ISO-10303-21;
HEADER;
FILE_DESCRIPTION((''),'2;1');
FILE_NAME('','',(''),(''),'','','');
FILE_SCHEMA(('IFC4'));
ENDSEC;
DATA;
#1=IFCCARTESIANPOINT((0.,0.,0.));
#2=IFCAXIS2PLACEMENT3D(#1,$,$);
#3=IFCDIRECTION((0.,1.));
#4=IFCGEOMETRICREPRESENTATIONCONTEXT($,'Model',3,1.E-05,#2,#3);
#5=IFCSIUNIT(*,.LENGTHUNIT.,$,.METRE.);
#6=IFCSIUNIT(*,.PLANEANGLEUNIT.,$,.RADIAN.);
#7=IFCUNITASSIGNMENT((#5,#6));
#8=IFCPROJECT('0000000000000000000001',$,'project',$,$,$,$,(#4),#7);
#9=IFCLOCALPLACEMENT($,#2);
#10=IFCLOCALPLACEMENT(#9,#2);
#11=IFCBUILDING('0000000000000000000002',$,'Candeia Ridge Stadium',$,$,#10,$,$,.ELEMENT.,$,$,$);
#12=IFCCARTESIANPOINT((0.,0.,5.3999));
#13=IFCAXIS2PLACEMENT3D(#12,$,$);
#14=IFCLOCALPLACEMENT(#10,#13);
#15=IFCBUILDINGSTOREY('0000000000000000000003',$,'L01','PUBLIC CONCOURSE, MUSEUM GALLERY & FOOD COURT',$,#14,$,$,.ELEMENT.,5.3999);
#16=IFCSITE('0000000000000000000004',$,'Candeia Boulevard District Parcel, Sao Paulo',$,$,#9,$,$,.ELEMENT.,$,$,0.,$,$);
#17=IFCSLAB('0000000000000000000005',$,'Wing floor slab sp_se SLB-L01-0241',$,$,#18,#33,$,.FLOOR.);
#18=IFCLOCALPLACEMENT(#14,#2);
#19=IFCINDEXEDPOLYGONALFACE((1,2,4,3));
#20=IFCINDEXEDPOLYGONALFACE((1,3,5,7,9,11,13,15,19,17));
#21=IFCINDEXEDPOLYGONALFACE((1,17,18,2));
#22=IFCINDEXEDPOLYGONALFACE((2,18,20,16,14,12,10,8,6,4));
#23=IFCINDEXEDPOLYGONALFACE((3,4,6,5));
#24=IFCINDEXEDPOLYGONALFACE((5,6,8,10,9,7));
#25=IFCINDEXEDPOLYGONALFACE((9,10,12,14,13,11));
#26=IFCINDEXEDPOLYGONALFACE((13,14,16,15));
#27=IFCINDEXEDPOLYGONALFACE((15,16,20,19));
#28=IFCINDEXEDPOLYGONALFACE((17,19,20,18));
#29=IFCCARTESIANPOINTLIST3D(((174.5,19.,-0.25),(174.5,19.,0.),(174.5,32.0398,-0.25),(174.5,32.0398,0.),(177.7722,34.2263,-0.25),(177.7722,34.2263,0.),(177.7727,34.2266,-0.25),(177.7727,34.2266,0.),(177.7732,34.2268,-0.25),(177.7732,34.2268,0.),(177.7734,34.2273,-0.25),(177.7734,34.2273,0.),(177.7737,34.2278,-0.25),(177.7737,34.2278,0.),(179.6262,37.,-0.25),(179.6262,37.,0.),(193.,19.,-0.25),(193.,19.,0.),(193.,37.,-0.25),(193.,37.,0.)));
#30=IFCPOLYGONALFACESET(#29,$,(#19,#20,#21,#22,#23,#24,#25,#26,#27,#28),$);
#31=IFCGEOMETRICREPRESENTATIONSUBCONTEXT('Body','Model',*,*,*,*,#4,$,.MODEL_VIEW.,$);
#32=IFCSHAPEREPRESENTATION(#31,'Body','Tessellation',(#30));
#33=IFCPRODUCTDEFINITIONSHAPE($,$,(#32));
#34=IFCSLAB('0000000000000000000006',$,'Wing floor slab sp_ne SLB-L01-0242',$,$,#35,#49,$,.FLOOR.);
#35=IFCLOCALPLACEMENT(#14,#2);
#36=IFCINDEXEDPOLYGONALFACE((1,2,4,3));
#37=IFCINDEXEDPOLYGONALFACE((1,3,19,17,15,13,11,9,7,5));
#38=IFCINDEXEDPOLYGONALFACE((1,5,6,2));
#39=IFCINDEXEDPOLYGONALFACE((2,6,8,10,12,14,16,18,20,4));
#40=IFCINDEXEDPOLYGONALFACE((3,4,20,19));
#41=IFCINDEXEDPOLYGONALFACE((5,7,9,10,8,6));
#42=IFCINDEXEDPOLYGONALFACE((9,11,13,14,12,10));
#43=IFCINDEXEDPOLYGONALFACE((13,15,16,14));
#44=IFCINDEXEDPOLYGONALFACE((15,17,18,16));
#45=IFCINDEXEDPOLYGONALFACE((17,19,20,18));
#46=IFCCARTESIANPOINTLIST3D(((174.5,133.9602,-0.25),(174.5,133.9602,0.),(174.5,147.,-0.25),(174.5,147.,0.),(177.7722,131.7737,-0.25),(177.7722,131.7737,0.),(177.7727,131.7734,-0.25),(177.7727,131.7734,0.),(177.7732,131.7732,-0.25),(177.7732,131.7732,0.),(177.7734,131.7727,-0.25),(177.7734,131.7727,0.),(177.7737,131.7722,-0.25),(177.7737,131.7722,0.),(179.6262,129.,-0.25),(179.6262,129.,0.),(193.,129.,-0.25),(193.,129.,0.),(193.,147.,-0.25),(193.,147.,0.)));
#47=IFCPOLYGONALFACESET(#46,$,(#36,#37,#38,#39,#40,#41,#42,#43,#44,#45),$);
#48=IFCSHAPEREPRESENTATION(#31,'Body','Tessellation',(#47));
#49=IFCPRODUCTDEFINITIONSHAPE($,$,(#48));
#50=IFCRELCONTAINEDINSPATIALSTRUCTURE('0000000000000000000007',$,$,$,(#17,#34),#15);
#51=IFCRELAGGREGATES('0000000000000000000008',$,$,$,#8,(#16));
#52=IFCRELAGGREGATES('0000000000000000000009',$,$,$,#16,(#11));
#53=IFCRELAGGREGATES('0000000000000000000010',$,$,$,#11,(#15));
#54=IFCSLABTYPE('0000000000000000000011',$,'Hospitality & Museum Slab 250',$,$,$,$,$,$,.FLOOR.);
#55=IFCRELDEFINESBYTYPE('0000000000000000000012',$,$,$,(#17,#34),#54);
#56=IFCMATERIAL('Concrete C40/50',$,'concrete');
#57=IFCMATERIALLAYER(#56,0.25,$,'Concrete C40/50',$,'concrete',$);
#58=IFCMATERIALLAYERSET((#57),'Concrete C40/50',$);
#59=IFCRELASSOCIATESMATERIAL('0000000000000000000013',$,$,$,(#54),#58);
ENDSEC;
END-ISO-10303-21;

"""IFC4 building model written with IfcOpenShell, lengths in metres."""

from ifc_helpers import new_model, si_unit, direction, frame, origin, place, context, subcontext, project, spatial, polyline, outline, extrude, material, layer, layer_set, type_object, element, save


model = new_model("IFC4")

# Units and contexts
model_context = context("Model", 3, precision=1e-05, world=origin(), true_north=direction((0.0, 1.0)))
body_context = subcontext(model_context, "Body", "Model", "MODEL_VIEW")
ifc_project = project(units=[si_unit("LENGTHUNIT", "METRE"), si_unit("PLANEANGLEUNIT", "RADIAN")], contexts=[model_context])

# Site, building, storey
site_placement = place(None, origin())
site = spatial("IfcSite", under=ifc_project, at=site_placement, Name="Candeia Boulevard District Parcel, Sao Paulo", CompositionType="ELEMENT", RefElevation=0.0)
building_placement = place(site_placement, origin())
building = spatial("IfcBuilding", under=site, at=building_placement, Name="Candeia Ridge Stadium", CompositionType="ELEMENT")
storey_placement = place(building_placement, frame((0.0, 0.0, 5.3999)))
storey = spatial("IfcBuildingStorey", under=building, at=storey_placement, Name="L01", Description="PUBLIC CONCOURSE, MUSEUM GALLERY & FOOD COURT", CompositionType="ELEMENT", Elevation=5.3999)

# Slabs
ifc_material = material(Name="Concrete C40/50", Category="concrete")
ifc_layer_1 = layer(ifc_material, 0.25, Name="Concrete C40/50", Category="concrete")
ifc_layer_set_1 = layer_set([ifc_layer_1], Name="Concrete C40/50")
slab_type_1 = type_object("IfcSlabType", Name="Hospitality & Museum Slab 250", PredefinedType="FLOOR", material=ifc_layer_set_1)
slab_1_placement = place(storey_placement, frame((0.0, 0.0, -0.25)))
element("IfcSlab", 1, at=slab_1_placement, inside=storey, type_object=slab_type_1, Name="Wing floor slab sp_se SLB-L01-0241", PredefinedType="FLOOR", context=body_context, shape_type="SweptSolid", body=[
    extrude(outline(polyline([(193.0, 19.0), (174.5, 19.0), (174.5, 32.0398), (177.7722, 34.2263), (177.7727, 34.2266), (177.7732, 34.2268), (177.7734, 34.2273), (177.7737, 34.2278), (179.6262, 37.0), (193.0, 37.0), (193.0, 19.0)])), origin(), (0.0, 0.0, 1.0), 0.25),
])
slab_2_placement = place(storey_placement, frame((0.0, 0.0, -0.25)))
element("IfcSlab", 2, at=slab_2_placement, inside=storey, type_object=slab_type_1, Name="Wing floor slab sp_ne SLB-L01-0242", PredefinedType="FLOOR", context=body_context, shape_type="SweptSolid", body=[
    extrude(outline(polyline([(193.0, 147.0), (193.0, 129.0), (179.6262, 129.0), (177.7737, 131.7722), (177.7734, 131.7727), (177.7732, 131.7732), (177.7727, 131.7734), (177.7722, 131.7737), (174.5, 133.9602), (174.5, 147.0), (193.0, 147.0)])), origin(), (0.0, 0.0, 1.0), 0.25),
])

save(model, "model.ifc")
